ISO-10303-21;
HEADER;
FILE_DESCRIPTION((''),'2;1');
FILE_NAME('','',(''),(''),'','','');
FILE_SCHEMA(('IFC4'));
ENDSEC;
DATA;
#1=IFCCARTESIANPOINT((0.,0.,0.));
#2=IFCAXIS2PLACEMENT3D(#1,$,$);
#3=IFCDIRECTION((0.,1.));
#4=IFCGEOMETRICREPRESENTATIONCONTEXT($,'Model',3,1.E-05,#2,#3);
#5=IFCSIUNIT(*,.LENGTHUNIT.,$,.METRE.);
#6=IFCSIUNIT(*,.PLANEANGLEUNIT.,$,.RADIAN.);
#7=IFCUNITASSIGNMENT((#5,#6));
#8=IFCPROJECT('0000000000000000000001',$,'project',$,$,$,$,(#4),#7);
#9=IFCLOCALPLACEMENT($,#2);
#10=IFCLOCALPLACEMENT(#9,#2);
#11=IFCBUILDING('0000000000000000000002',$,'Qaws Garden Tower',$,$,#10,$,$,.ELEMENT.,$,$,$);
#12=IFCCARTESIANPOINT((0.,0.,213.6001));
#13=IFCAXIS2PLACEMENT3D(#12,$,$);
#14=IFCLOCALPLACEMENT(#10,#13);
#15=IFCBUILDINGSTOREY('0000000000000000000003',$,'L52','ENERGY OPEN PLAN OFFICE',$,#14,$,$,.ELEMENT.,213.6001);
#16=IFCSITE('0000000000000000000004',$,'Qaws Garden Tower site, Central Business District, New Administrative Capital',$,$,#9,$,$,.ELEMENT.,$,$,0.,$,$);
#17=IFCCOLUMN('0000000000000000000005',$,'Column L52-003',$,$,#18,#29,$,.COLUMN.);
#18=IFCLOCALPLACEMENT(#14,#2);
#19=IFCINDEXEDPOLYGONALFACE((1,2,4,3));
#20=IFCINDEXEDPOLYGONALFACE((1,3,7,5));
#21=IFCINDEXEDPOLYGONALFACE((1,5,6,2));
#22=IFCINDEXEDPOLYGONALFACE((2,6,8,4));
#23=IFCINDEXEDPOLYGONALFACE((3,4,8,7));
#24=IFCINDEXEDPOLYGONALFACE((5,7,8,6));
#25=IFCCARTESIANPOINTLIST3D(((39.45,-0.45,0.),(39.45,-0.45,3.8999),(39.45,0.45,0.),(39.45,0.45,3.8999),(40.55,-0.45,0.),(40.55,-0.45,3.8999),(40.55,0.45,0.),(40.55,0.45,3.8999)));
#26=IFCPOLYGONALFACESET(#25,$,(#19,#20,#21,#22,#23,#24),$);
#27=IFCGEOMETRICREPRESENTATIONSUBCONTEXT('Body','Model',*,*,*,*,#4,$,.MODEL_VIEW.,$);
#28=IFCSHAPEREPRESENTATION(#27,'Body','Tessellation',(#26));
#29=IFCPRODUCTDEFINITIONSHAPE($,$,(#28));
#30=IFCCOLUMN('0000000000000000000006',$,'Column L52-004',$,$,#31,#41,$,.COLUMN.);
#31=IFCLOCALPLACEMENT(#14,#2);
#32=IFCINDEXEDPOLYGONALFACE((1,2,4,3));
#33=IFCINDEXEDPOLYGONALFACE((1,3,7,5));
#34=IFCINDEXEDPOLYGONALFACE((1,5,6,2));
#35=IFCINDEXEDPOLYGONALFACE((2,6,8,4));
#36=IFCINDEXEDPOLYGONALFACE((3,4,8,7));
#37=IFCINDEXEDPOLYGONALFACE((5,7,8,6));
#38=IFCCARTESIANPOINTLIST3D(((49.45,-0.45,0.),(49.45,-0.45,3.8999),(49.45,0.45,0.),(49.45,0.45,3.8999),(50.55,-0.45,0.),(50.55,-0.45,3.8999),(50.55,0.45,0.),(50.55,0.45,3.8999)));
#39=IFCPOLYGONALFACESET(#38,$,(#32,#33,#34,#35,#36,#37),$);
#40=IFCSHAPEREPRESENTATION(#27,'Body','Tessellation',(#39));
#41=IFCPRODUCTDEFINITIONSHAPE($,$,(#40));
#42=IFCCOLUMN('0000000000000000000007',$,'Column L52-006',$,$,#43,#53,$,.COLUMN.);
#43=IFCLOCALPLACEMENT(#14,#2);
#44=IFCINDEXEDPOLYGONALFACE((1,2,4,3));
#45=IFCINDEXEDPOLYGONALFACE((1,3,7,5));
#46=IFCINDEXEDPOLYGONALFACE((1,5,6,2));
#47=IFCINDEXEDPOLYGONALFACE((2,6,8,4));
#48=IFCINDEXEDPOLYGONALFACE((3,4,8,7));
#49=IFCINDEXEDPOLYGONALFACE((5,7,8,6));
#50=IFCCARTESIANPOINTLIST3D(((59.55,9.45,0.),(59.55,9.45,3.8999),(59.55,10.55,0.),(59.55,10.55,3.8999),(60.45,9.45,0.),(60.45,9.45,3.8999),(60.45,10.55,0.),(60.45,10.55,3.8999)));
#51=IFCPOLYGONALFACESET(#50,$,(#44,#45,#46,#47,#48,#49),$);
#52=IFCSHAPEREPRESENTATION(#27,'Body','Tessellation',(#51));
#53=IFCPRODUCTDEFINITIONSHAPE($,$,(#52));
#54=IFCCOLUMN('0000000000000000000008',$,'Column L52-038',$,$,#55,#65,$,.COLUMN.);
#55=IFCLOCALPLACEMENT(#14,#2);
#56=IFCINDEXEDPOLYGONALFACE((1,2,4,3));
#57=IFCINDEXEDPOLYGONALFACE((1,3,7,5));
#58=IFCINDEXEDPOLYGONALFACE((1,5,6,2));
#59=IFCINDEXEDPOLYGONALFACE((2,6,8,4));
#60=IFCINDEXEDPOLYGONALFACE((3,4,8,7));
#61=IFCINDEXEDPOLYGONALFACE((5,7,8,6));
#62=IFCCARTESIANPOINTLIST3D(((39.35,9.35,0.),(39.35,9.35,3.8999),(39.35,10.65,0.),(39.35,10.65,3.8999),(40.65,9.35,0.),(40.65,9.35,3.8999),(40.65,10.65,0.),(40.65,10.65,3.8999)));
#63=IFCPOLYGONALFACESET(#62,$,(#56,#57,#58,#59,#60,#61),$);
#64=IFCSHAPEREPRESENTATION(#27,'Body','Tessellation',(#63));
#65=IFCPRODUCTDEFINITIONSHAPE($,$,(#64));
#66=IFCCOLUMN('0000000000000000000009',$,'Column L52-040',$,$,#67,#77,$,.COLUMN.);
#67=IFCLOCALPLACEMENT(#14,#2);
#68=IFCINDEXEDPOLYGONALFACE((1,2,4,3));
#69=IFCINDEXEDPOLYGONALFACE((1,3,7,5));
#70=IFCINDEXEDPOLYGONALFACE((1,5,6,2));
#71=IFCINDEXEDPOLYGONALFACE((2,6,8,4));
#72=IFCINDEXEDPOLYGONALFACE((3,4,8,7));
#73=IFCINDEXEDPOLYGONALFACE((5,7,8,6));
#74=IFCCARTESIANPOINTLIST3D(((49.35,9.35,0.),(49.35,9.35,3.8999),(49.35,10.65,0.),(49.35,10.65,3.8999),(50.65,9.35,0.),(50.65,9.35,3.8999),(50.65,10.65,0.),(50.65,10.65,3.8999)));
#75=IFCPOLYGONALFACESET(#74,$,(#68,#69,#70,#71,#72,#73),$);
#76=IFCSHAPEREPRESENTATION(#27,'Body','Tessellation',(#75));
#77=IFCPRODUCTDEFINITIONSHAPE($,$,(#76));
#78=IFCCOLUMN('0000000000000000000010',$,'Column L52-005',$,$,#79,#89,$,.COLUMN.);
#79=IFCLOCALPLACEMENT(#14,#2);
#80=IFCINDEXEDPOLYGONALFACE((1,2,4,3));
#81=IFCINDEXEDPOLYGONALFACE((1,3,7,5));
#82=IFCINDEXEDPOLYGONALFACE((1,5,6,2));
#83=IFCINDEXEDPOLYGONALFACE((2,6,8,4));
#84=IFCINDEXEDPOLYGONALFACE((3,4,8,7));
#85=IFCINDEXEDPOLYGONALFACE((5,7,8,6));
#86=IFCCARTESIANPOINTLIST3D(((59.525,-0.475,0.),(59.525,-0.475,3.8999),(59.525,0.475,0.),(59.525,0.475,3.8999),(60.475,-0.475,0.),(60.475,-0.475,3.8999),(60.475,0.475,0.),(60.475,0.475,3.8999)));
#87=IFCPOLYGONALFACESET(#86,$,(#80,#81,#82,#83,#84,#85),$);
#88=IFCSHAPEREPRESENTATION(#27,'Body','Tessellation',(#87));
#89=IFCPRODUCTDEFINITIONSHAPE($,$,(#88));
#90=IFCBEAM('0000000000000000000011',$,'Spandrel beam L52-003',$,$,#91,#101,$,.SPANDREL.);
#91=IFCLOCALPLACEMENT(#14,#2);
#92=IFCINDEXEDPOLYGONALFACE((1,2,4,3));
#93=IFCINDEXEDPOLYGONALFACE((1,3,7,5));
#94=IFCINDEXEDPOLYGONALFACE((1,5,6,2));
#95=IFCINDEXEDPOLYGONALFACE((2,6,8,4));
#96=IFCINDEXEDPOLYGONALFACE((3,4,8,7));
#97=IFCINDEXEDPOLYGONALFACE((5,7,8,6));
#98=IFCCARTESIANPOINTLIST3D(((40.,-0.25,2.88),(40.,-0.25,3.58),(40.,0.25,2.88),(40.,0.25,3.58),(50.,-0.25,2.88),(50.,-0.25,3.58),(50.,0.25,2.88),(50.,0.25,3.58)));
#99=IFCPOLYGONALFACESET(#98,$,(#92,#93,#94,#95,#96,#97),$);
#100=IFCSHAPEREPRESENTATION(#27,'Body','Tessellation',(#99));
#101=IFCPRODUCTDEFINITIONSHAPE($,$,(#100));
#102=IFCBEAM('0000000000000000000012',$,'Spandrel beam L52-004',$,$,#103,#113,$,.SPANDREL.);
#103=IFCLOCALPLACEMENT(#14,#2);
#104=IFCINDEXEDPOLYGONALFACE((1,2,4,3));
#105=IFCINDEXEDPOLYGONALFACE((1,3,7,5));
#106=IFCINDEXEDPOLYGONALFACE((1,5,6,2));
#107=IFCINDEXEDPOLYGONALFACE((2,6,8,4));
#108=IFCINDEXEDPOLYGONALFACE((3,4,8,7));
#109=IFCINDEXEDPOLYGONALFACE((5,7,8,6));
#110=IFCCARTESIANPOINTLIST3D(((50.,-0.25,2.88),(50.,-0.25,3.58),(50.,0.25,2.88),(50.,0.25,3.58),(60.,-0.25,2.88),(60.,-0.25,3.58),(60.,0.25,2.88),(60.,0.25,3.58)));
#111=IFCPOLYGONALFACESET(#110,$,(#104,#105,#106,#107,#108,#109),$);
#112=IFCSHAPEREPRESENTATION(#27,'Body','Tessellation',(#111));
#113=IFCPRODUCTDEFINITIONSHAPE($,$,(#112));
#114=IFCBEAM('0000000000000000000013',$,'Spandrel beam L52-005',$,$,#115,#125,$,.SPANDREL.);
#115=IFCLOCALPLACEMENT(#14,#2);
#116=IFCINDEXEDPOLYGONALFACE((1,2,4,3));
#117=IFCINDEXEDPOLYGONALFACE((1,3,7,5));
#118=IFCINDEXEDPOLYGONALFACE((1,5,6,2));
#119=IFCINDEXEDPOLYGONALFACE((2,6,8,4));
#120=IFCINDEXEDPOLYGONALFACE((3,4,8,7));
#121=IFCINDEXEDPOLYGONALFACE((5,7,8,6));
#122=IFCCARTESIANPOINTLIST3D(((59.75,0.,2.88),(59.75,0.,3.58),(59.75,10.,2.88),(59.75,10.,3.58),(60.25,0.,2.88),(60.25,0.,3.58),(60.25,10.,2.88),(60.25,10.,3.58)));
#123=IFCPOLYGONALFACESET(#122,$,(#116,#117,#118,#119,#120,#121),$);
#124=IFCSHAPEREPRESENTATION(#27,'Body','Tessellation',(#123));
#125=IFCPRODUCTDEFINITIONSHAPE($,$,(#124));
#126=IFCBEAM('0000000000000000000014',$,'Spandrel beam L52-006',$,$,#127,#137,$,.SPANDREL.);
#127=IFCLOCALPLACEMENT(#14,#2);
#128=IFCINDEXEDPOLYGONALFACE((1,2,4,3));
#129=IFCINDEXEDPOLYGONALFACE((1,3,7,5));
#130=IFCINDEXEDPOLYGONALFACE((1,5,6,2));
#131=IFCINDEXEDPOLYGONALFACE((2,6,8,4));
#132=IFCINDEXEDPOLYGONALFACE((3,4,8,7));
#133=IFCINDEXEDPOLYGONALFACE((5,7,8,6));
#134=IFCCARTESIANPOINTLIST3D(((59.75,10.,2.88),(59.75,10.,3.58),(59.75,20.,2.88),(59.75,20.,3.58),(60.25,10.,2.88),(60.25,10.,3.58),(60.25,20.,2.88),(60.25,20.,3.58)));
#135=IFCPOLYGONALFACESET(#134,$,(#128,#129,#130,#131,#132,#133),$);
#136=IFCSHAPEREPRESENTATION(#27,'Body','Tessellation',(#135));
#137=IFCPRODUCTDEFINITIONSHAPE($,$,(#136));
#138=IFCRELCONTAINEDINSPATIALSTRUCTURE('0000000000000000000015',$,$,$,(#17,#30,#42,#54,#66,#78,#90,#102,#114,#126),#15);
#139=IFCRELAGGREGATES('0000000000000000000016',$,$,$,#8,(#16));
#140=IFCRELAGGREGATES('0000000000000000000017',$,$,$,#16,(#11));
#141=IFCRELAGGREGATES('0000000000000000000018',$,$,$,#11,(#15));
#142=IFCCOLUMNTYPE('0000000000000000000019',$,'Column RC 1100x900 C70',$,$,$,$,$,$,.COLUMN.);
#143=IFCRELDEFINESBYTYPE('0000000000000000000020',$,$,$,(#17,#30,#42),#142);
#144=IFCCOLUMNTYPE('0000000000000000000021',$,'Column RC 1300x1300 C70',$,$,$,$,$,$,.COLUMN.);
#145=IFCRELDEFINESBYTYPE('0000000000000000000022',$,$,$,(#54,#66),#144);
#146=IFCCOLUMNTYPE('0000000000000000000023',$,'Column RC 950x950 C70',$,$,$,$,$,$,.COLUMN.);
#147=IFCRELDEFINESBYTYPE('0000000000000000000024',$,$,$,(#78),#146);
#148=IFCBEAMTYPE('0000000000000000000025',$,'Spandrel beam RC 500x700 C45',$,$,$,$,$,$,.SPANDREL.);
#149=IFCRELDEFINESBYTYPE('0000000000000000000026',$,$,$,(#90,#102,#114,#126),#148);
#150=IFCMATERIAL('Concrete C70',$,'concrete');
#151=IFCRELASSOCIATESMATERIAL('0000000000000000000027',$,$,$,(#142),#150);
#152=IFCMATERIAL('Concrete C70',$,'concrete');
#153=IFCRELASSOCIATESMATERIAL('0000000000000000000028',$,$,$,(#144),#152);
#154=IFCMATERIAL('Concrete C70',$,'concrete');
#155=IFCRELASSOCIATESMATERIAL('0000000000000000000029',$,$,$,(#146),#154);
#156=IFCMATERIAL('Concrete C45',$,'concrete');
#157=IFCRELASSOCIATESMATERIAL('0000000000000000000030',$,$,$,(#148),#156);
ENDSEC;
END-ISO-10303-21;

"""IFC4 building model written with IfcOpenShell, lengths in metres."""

from ifc_helpers import new_model, si_unit, direction, frame, origin, origin_2d, place, context, subcontext, project, spatial, rectangle, extrude, material, material_profile, profile_set, type_object, element, save


model = new_model("IFC4")

# Units and contexts
model_context = context("Model", 3, precision=1e-05, world=origin(), true_north=direction((0.0, 1.0)))
body_context = subcontext(model_context, "Body", "Model", "MODEL_VIEW")
ifc_project = project(units=[si_unit("LENGTHUNIT", "METRE"), si_unit("PLANEANGLEUNIT", "RADIAN")], contexts=[model_context])

# Site, building, storey
site_placement = place(None, origin())
site = spatial("IfcSite", under=ifc_project, at=site_placement, Name="Qaws Garden Tower site, Central Business District, New Administrative Capital", CompositionType="ELEMENT", RefElevation=0.0)
building_placement = place(site_placement, origin())
building = spatial("IfcBuilding", under=site, at=building_placement, Name="Qaws Garden Tower", CompositionType="ELEMENT")
storey_placement = place(building_placement, frame((0.0, 0.0, 213.6001)))
storey = spatial("IfcBuildingStorey", under=building, at=storey_placement, Name="L52", Description="ENERGY OPEN PLAN OFFICE", CompositionType="ELEMENT", Elevation=213.6001)

# Columns
ifc_material_1 = material(Name="Concrete C70", Category="concrete")
ifc_material_profile_1 = material_profile(ifc_material_1, rectangle(XDim=1.1001, YDim=0.8999, at=origin_2d()), Name="RC 1100x900")
ifc_profile_set_1 = profile_set([ifc_material_profile_1], Name="Concrete C70")
column_type_1 = type_object("IfcColumnType", Name="Column RC 1100x900 C70", PredefinedType="COLUMN", material=ifc_profile_set_1)
for number, where, z_axis, x_axis, name in (
    (1, (40.0, 0.0, 0.0), (0.0, 0.0, 1.0), (1.0, 0.0, 0.0), "Column L52-003"),
    (2, (50.0, 0.0, 0.0), (0.0, 0.0, 1.0), (1.0, 0.0, 0.0), "Column L52-004"),
    (3, (60.0, 10.0, 0.0), (0.0, 0.0, 1.0), (0.0, 1.0, 0.0), "Column L52-006"),
):
    element("IfcColumn", number, at=place(storey_placement, frame(where, z_axis=z_axis, x_axis=x_axis)), inside=storey, type_object=column_type_1, Name=name, PredefinedType="COLUMN", context=body_context, shape_type="SweptSolid", body=[
        extrude(rectangle(XDim=1.1001, YDim=0.8999, at=origin_2d()), origin(), (0.0, 0.0, 1.0), 3.8999),
    ])
ifc_material_2 = material(Name="Concrete C70", Category="concrete")
ifc_material_profile_2 = material_profile(ifc_material_2, rectangle(XDim=1.3, YDim=1.3, at=origin_2d()), Name="RC 1300x1300")
ifc_profile_set_2 = profile_set([ifc_material_profile_2], Name="Concrete C70")
column_type_2 = type_object("IfcColumnType", Name="Column RC 1300x1300 C70", PredefinedType="COLUMN", material=ifc_profile_set_2)
for number, where, z_axis, x_axis, name in (
    (4, (40.0, 10.0, 0.0), (0.0, 0.0, 1.0), (1.0, 0.0, 0.0), "Column L52-038"),
    (5, (50.0, 10.0, 0.0), (0.0, 0.0, 1.0), (1.0, 0.0, 0.0), "Column L52-040"),
):
    element("IfcColumn", number, at=place(storey_placement, frame(where, z_axis=z_axis, x_axis=x_axis)), inside=storey, type_object=column_type_2, Name=name, PredefinedType="COLUMN", context=body_context, shape_type="SweptSolid", body=[
        extrude(rectangle(XDim=1.3, YDim=1.3, at=origin_2d()), origin(), (0.0, 0.0, 1.0), 3.8999),
    ])
ifc_material_3 = material(Name="Concrete C70", Category="concrete")
ifc_material_profile_3 = material_profile(ifc_material_3, rectangle(XDim=0.95, YDim=0.95, at=origin_2d()), Name="RC 950x950")
ifc_profile_set_3 = profile_set([ifc_material_profile_3], Name="Concrete C70")
column_type_3 = type_object("IfcColumnType", Name="Column RC 950x950 C70", PredefinedType="COLUMN", material=ifc_profile_set_3)
column_placement = place(storey_placement, frame((60.0, 0.0, 0.0), z_axis=(0.0, 0.0, 1.0), x_axis=(1.0, 0.0, 0.0)))
element("IfcColumn", 6, at=column_placement, inside=storey, type_object=column_type_3, Name="Column L52-005", PredefinedType="COLUMN", context=body_context, shape_type="SweptSolid", body=[
    extrude(rectangle(XDim=0.95, YDim=0.95, at=origin_2d()), origin(), (0.0, 0.0, 1.0), 3.8999),
])

# Beams
ifc_material_4 = material(Name="Concrete C45", Category="concrete")
ifc_material_profile_4 = material_profile(ifc_material_4, rectangle(XDim=0.5, YDim=0.7, at=origin_2d()), Name="RC 500x700")
ifc_profile_set_4 = profile_set([ifc_material_profile_4], Name="Concrete C45")
beam_type = type_object("IfcBeamType", Name="Spandrel beam RC 500x700 C45", PredefinedType="SPANDREL", material=ifc_profile_set_4)
for number, where, z_axis, x_axis, name in (
    (7, (40.0, 0.0, 3.23), (1.0, 0.0, 0.0), (0.0, 1.0, 0.0), "Spandrel beam L52-003"),
    (8, (50.0, 0.0, 3.23), (1.0, 0.0, 0.0), (0.0, 1.0, 0.0), "Spandrel beam L52-004"),
    (9, (60.0, 0.0, 3.23), (0.0, 1.0, 0.0), (-1.0, 0.0, 0.0), "Spandrel beam L52-005"),
    (10, (60.0, 10.0, 3.23), (0.0, 1.0, 0.0), (-1.0, 0.0, 0.0), "Spandrel beam L52-006"),
):
    element("IfcBeam", number, at=place(storey_placement, frame(where, z_axis=z_axis, x_axis=x_axis)), inside=storey, type_object=beam_type, Name=name, PredefinedType="SPANDREL", context=body_context, shape_type="SweptSolid", body=[
        extrude(rectangle(XDim=0.5, YDim=0.7, at=origin_2d()), origin(), (0.0, 0.0, 1.0), 10.0),
    ])

save(model, "model.ifc")
